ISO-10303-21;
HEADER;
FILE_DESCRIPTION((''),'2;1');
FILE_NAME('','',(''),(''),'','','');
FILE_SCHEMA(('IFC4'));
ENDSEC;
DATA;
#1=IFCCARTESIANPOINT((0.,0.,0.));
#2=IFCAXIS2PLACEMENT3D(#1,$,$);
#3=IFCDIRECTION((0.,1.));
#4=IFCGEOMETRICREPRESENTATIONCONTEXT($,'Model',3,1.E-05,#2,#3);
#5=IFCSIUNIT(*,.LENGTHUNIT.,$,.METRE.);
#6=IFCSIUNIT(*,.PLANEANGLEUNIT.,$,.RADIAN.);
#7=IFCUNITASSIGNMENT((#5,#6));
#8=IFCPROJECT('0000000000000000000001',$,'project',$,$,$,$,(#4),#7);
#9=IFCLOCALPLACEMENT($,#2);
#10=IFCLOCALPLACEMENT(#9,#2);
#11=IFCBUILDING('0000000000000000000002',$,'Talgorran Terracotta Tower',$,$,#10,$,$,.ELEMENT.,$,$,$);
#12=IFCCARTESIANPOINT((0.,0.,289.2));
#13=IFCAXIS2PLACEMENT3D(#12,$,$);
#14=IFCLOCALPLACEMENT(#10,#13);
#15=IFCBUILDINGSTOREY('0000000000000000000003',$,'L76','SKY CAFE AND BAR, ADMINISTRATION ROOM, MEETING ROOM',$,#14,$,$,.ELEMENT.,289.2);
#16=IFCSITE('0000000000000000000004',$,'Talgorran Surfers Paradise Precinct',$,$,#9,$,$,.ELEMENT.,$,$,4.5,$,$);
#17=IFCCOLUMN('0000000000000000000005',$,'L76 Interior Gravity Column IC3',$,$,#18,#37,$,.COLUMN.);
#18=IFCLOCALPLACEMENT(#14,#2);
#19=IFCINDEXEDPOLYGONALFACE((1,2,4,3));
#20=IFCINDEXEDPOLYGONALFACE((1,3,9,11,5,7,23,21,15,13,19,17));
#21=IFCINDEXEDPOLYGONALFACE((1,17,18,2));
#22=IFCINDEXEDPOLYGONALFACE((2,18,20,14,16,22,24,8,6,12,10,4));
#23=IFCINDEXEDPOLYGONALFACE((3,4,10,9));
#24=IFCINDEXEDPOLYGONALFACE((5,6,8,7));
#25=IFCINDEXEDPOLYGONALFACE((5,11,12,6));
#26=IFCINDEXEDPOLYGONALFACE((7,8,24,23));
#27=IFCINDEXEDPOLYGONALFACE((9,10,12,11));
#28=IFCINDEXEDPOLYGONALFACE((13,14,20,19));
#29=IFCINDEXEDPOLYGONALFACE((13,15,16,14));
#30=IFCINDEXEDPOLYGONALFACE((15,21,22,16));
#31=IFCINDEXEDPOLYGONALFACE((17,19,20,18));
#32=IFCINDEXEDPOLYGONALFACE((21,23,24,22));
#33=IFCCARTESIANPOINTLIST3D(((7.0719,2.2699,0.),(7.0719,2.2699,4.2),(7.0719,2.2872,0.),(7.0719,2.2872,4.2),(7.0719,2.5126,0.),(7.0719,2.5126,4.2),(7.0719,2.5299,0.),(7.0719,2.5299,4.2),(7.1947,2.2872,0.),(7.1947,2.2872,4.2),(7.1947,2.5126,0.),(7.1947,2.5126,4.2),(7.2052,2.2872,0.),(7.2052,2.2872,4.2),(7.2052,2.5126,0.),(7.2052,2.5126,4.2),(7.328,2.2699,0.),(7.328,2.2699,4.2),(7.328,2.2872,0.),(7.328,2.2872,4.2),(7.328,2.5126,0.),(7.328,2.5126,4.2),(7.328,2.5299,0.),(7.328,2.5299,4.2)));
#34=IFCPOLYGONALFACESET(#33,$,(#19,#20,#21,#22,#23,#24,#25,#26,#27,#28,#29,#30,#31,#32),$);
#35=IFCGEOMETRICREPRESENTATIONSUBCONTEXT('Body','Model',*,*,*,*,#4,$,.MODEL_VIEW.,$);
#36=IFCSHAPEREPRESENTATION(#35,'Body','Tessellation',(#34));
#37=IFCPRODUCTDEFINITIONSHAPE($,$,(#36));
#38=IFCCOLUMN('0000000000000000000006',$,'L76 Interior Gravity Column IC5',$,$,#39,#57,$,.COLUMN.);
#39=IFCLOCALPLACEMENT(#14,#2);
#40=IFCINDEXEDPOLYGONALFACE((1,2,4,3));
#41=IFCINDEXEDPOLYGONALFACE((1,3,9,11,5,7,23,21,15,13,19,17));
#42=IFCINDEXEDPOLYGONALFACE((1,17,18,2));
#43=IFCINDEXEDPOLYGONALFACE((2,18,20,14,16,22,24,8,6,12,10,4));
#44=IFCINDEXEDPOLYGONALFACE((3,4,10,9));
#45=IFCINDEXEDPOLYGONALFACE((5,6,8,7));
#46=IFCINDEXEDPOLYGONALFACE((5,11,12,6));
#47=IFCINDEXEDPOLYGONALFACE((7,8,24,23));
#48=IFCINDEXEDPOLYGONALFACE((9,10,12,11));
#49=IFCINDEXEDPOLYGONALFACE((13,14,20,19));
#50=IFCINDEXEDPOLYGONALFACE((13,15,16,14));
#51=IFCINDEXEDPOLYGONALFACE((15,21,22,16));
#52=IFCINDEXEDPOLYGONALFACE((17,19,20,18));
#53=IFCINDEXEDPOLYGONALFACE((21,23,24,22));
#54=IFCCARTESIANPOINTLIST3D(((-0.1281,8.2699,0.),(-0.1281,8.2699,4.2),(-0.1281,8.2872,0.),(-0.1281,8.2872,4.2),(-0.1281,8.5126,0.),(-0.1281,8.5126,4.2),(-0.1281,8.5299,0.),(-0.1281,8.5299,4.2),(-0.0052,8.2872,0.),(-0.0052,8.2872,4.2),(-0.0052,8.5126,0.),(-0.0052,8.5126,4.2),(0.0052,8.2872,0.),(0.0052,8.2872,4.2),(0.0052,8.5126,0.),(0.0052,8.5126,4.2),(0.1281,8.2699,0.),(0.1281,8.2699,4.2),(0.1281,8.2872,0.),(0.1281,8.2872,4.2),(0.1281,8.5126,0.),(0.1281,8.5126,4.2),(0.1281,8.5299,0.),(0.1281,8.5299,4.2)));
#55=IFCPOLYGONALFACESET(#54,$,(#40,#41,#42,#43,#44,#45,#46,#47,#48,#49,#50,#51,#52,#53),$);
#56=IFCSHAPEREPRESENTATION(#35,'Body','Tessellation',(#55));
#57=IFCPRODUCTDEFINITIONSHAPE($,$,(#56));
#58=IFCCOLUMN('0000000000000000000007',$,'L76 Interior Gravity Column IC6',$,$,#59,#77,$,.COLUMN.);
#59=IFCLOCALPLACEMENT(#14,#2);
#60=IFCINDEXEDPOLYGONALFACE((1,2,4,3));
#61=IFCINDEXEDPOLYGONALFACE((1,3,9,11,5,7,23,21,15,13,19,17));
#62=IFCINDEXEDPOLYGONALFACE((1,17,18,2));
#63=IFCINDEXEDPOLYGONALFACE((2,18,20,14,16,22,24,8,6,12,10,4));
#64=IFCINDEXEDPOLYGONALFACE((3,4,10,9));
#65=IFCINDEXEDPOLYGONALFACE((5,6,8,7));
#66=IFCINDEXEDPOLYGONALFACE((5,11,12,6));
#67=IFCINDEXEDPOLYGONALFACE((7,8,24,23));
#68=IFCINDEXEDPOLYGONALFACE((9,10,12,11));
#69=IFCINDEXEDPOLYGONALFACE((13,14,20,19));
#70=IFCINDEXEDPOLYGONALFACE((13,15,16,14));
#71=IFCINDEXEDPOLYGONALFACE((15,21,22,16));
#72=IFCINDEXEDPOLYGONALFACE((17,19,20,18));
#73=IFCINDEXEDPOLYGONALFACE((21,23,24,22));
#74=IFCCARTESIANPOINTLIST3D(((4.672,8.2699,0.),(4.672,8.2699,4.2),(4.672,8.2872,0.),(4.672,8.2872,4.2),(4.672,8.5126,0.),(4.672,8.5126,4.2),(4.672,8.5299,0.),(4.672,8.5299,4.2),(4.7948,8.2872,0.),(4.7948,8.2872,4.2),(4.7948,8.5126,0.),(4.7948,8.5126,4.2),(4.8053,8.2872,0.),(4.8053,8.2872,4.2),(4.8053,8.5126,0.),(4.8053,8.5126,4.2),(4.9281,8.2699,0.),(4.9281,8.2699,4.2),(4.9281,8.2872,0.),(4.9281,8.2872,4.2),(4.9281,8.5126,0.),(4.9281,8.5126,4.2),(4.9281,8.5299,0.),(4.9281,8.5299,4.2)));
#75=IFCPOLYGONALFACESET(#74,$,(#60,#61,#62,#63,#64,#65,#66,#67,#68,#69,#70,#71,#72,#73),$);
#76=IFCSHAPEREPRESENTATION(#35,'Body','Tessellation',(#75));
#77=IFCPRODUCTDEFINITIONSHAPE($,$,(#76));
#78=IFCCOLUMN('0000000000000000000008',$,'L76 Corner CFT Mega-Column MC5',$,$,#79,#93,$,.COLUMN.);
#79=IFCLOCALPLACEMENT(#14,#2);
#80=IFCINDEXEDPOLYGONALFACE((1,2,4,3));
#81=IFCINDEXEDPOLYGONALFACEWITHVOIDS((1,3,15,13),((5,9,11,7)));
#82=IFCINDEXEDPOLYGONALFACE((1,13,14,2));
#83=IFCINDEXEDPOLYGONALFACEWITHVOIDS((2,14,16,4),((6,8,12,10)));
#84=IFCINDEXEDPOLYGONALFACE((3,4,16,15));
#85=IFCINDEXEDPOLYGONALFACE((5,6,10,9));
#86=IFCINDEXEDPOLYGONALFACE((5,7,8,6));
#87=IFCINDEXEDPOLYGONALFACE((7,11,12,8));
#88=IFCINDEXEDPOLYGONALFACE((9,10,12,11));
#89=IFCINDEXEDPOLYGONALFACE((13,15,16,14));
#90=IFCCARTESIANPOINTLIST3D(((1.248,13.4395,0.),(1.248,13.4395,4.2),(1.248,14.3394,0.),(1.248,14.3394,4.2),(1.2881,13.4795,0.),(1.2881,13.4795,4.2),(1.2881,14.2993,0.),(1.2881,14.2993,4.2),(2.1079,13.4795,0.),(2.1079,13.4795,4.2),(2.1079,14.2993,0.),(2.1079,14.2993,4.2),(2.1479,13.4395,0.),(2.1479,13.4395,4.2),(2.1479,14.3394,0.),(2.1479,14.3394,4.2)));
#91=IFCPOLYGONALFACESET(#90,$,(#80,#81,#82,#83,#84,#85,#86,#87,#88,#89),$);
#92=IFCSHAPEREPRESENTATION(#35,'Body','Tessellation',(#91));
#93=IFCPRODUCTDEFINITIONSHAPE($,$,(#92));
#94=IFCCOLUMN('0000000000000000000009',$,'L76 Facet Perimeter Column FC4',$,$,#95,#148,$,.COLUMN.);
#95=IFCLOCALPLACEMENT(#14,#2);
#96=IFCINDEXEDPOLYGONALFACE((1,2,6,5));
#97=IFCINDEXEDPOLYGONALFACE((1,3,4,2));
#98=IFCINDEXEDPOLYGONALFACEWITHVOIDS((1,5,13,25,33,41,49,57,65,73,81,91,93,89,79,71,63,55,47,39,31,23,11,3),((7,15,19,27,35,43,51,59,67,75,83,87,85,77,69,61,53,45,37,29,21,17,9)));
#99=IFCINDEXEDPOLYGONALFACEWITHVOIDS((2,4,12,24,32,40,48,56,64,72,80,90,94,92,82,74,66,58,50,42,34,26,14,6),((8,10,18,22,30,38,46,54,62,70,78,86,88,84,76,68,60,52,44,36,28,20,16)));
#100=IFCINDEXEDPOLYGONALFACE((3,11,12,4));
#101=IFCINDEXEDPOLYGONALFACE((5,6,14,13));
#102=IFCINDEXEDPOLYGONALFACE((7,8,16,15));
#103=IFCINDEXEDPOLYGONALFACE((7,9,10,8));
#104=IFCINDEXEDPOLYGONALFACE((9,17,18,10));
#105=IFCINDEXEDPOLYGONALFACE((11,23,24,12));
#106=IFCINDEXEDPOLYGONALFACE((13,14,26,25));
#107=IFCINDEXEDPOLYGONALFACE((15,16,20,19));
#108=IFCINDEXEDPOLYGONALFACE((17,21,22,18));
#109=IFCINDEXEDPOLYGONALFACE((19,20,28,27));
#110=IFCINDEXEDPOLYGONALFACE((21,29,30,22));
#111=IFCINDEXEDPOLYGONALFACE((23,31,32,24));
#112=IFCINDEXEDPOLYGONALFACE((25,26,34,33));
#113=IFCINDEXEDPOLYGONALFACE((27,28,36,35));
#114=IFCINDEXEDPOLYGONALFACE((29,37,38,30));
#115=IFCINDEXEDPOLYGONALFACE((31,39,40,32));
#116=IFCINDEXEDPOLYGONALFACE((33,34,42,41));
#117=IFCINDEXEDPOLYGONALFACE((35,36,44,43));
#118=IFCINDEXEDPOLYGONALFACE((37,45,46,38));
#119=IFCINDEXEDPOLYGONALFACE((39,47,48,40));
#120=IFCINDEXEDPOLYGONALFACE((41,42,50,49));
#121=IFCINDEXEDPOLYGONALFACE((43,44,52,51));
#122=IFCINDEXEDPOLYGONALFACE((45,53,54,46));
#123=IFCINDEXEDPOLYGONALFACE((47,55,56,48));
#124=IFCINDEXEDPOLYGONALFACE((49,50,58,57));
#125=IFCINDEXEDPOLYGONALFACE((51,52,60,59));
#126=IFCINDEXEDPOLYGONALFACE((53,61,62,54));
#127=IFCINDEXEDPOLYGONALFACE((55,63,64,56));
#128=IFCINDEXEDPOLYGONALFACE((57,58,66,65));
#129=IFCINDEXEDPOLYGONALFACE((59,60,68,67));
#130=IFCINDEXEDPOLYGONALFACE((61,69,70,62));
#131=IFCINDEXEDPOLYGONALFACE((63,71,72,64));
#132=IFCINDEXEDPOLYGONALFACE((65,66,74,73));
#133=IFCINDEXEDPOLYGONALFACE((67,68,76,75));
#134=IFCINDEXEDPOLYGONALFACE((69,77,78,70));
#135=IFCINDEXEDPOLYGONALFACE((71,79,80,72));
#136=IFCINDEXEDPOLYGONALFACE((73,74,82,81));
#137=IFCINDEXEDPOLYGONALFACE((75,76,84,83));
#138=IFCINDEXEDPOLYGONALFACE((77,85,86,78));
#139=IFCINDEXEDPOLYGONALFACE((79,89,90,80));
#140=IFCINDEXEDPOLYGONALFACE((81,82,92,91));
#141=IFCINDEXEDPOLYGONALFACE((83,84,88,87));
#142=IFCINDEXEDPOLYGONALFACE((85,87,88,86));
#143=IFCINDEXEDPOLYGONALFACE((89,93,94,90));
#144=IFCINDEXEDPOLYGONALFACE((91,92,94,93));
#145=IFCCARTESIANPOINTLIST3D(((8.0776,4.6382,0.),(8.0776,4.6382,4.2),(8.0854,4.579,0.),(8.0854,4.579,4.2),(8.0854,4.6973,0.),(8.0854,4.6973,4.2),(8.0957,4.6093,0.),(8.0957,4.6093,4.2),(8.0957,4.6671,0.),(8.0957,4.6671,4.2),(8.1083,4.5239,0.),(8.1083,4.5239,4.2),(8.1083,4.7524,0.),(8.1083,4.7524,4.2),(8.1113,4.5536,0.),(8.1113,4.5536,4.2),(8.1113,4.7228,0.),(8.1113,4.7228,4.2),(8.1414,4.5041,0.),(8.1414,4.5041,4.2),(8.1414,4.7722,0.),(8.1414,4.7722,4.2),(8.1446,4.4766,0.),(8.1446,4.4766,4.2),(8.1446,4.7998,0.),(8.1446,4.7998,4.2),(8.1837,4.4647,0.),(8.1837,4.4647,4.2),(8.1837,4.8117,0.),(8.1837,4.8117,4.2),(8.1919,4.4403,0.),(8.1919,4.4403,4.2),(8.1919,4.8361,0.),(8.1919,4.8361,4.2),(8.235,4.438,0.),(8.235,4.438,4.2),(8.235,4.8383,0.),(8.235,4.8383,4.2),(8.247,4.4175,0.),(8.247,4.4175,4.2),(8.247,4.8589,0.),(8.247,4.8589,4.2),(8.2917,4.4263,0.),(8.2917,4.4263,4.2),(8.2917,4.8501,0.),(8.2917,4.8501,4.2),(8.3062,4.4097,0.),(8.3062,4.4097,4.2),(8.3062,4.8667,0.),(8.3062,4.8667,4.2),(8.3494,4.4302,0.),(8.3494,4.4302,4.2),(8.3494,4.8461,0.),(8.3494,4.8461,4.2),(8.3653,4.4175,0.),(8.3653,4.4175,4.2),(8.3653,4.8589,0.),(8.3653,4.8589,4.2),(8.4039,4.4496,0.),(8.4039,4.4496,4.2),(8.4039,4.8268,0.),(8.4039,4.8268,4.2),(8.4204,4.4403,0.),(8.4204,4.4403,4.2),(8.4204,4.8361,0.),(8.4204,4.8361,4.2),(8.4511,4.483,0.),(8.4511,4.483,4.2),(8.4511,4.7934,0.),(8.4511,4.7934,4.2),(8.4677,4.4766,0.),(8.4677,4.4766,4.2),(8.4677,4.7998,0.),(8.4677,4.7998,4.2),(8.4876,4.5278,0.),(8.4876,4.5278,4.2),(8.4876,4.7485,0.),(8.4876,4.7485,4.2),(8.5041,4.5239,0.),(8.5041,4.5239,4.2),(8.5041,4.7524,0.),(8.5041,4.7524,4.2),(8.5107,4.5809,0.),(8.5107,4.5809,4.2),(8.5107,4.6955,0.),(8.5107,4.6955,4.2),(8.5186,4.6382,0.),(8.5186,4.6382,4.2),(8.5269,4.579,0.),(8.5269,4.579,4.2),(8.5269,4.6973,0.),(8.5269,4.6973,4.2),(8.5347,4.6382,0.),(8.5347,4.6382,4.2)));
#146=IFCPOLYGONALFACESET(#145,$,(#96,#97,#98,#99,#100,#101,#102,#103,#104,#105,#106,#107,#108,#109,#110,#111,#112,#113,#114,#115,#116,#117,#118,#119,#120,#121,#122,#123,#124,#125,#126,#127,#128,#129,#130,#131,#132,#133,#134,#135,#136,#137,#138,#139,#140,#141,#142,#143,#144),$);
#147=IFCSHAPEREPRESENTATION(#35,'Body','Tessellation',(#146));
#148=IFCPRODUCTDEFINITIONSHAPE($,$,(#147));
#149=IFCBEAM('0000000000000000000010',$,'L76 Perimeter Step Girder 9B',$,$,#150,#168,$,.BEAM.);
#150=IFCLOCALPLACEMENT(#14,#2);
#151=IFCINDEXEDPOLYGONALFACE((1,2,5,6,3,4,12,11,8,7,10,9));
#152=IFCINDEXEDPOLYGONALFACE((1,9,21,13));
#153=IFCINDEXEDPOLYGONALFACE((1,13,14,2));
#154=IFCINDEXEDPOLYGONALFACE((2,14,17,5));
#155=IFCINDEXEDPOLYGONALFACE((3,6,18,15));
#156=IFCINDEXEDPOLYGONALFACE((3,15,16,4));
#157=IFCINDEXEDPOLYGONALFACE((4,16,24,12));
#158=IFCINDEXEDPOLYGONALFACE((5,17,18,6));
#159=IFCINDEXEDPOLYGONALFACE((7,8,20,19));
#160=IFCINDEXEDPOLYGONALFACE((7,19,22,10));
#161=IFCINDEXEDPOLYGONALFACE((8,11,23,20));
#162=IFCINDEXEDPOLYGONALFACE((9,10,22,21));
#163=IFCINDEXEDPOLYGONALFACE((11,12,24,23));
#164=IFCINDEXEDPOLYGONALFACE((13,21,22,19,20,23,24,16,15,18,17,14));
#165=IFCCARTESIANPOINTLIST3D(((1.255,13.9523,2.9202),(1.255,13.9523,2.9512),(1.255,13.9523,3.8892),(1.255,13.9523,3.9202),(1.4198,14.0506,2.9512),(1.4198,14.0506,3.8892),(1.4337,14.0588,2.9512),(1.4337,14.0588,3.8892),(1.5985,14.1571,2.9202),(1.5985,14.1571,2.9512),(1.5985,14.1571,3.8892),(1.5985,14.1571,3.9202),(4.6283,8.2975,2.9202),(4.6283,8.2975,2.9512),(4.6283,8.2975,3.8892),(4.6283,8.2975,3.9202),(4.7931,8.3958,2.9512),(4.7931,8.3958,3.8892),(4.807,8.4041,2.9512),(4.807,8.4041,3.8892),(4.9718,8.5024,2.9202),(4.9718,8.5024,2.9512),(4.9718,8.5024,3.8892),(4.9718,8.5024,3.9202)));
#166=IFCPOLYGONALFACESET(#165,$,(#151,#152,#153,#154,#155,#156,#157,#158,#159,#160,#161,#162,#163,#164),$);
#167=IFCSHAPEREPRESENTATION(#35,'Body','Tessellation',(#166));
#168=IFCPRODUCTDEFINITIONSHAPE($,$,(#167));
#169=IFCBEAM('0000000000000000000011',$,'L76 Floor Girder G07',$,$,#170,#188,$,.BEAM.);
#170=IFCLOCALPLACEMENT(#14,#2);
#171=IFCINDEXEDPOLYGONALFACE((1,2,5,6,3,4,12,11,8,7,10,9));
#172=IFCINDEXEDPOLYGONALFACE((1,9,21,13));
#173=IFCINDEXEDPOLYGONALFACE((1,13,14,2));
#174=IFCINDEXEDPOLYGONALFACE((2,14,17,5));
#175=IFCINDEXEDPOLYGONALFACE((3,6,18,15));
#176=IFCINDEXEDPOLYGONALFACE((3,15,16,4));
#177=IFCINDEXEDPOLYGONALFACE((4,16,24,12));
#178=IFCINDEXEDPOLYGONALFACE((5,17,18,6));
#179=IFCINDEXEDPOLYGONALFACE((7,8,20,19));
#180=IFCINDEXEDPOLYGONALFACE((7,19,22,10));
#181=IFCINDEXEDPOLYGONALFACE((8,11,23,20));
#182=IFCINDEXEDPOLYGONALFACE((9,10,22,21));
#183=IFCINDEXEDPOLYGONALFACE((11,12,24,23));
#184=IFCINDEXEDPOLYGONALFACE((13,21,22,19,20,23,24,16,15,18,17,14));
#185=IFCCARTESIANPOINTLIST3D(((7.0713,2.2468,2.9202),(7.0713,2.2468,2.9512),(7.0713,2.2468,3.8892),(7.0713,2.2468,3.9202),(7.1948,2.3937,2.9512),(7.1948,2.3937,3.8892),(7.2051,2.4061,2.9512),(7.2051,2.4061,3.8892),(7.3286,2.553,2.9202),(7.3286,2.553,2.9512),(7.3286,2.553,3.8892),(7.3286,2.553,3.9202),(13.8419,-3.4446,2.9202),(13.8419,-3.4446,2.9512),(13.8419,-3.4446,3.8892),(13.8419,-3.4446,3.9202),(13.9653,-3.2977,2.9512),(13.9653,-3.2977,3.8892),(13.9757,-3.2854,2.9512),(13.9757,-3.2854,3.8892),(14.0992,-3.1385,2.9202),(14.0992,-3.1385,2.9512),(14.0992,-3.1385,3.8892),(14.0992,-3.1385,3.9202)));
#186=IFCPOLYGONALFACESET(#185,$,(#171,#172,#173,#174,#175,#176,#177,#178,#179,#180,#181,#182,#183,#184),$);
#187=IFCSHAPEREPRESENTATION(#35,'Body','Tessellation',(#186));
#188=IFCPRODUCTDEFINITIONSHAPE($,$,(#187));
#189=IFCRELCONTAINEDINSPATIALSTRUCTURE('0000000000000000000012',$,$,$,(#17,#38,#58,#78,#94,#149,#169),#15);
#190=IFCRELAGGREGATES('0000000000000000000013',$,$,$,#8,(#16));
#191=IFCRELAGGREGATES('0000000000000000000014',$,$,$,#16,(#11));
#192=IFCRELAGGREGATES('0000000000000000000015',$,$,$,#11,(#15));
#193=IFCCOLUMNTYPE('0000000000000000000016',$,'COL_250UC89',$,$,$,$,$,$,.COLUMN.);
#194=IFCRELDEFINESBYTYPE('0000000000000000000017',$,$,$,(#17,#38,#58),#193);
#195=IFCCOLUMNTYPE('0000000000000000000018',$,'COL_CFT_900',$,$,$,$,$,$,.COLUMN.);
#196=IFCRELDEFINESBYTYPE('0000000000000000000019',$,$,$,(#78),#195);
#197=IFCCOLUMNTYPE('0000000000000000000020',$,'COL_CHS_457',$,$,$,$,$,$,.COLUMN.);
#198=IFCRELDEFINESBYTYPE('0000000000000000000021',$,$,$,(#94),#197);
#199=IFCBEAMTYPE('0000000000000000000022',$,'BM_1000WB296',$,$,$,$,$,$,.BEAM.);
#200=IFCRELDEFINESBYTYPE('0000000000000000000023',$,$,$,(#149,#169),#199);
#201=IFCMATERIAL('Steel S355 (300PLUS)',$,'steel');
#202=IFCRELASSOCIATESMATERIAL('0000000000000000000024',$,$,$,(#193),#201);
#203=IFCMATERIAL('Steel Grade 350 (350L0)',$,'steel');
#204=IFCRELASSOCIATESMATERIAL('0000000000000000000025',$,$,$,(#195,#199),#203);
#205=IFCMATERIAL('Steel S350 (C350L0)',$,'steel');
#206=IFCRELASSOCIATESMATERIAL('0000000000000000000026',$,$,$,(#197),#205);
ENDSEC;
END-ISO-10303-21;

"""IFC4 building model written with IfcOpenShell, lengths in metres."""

from ifc_helpers import new_model, si_unit, direction, frame, origin, origin_2d, place, context, subcontext, project, spatial, hollow_rectangle, hollow_circle, i_section, extrude, material, material_profile, profile_set, type_object, element, save


model = new_model("IFC4")

# Units and contexts
model_context = context("Model", 3, precision=1e-05, world=origin(), true_north=direction((0.0, 1.0)))
body_context = subcontext(model_context, "Body", "Model", "MODEL_VIEW")
ifc_project = project(units=[si_unit("LENGTHUNIT", "METRE"), si_unit("PLANEANGLEUNIT", "RADIAN")], contexts=[model_context])

# Site, building, storey
site_placement = place(None, origin())
site = spatial("IfcSite", under=ifc_project, at=site_placement, Name="Talgorran Surfers Paradise Precinct", CompositionType="ELEMENT", RefElevation=4.5)
building_placement = place(site_placement, origin())
building = spatial("IfcBuilding", under=site, at=building_placement, Name="Talgorran Terracotta Tower", CompositionType="ELEMENT")
storey_placement = place(building_placement, frame((0.0, 0.0, 289.2)))
storey = spatial("IfcBuildingStorey", under=building, at=storey_placement, Name="L76", Description="SKY CAFE AND BAR, ADMINISTRATION ROOM, MEETING ROOM", CompositionType="ELEMENT", Elevation=289.2)

# Columns
ifc_material_1 = material(Name="Steel S355 (300PLUS)", Category="steel")
ifc_material_profile_1 = material_profile(ifc_material_1, i_section(OverallWidth=0.2561, OverallDepth=0.26, WebThickness=0.0105, FlangeThickness=0.0173, at=origin_2d()), Name="250UC89.5")
ifc_profile_set_1 = profile_set([ifc_material_profile_1], Name="Steel S355 (300PLUS)")
column_type_1 = type_object("IfcColumnType", Name="COL_250UC89", PredefinedType="COLUMN", material=ifc_profile_set_1)
for number, where, z_axis, x_axis, name in (
    (1, (7.2, 2.3999, 0.0), (0.0, 0.0, 1.0), (1.0, 0.0, 0.0), "L76 Interior Gravity Column IC3"),
    (2, (0.0, 8.3999, 0.0), (0.0, 0.0, 1.0), (1.0, 0.0, 0.0), "L76 Interior Gravity Column IC5"),
    (3, (4.8, 8.3999, 0.0), (0.0, 0.0, 1.0), (1.0, 0.0, 0.0), "L76 Interior Gravity Column IC6"),
):
    element("IfcColumn", number, at=place(storey_placement, frame(where, z_axis=z_axis, x_axis=x_axis)), inside=storey, type_object=column_type_1, Name=name, PredefinedType="COLUMN", context=body_context, shape_type="SweptSolid", body=[
        extrude(i_section(OverallWidth=0.2561, OverallDepth=0.26, WebThickness=0.0105, FlangeThickness=0.0173, at=origin_2d()), origin(), (0.0, 0.0, 1.0), 4.2),
    ])
ifc_material_2 = material(Name="Steel Grade 350 (350L0)", Category="steel")
ifc_material_profile_2 = material_profile(ifc_material_2, hollow_rectangle(XDim=0.8999, YDim=0.8999, WallThickness=0.04, at=origin_2d()), Name="CFT900X900X40")
ifc_profile_set_2 = profile_set([ifc_material_profile_2], Name="Steel Grade 350 (350L0)")
column_type_2 = type_object("IfcColumnType", Name="COL_CFT_900", PredefinedType="COLUMN", material=ifc_profile_set_2)
column_1_placement = place(storey_placement, frame((1.698, 13.8894, 0.0), z_axis=(0.0, 0.0, 1.0), x_axis=(1.0, 0.0, 0.0)))
element("IfcColumn", 4, at=column_1_placement, inside=storey, type_object=column_type_2, Name="L76 Corner CFT Mega-Column MC5", PredefinedType="COLUMN", context=body_context, shape_type="SweptSolid", body=[
    extrude(hollow_rectangle(XDim=0.8999, YDim=0.8999, WallThickness=0.04, at=origin_2d()), origin(), (0.0, 0.0, 1.0), 4.2),
])
ifc_material_3 = material(Name="Steel S350 (C350L0)", Category="steel")
ifc_material_profile_3 = material_profile(ifc_material_3, hollow_circle(Radius=0.2285, WallThickness=0.0161, at=origin_2d()), Name="CHS457X16")
ifc_profile_set_3 = profile_set([ifc_material_profile_3], Name="Steel S350 (C350L0)")
column_type_3 = type_object("IfcColumnType", Name="COL_CHS_457", PredefinedType="COLUMN", material=ifc_profile_set_3)
column_2_placement = place(storey_placement, frame((8.3062, 4.6382, 0.0), z_axis=(0.0, 0.0, 1.0), x_axis=(1.0, 0.0, 0.0)))
element("IfcColumn", 5, at=column_2_placement, inside=storey, type_object=column_type_3, Name="L76 Facet Perimeter Column FC4", PredefinedType="COLUMN", context=body_context, shape_type="SweptSolid", body=[
    extrude(hollow_circle(Radius=0.2285, WallThickness=0.0161, at=origin_2d()), origin(), (0.0, 0.0, 1.0), 4.2),
])

# Beams
ifc_material_profile_4 = material_profile(ifc_material_2, i_section(OverallWidth=0.3999, OverallDepth=1.0, WebThickness=0.0161, FlangeThickness=0.031, at=origin_2d()), Name="1000WB296")
ifc_profile_set_4 = profile_set([ifc_material_profile_4], Name="Steel Grade 350 (350L0)")
beam_type_1 = type_object("IfcBeamType", Name="BM_1000WB296", PredefinedType="BEAM", material=ifc_profile_set_4)
beam_1_placement = place(storey_placement, frame((1.4268, 14.0547, 3.4202), z_axis=(0.512308, -0.858802, 0.0), x_axis=(0.858802, 0.512308, 0.0)))
element("IfcBeam", 6, at=beam_1_placement, inside=storey, type_object=beam_type_1, Name="L76 Perimeter Step Girder 9B", PredefinedType="BEAM", context=body_context, shape_type="SweptSolid", body=[
    extrude(i_section(OverallWidth=0.3999, OverallDepth=1.0, WebThickness=0.0161, FlangeThickness=0.031, at=origin_2d()), origin(), (0.0, 0.0, 1.0), 6.5845),
])
beam_2_placement = place(storey_placement, frame((7.2, 2.3999, 3.4202), z_axis=(0.765472, -0.643469, 0.0), x_axis=(0.643469, 0.765472, 0.0)))
element("IfcBeam", 7, at=beam_2_placement, inside=storey, type_object=beam_type_1, Name="L76 Floor Girder G07", PredefinedType="BEAM", context=body_context, shape_type="SweptSolid", body=[
    extrude(i_section(OverallWidth=0.3999, OverallDepth=1.0, WebThickness=0.0161, FlangeThickness=0.031, at=origin_2d()), origin(), (0.0, 0.0, 1.0), 8.845),
])

save(model, "model.ifc")
